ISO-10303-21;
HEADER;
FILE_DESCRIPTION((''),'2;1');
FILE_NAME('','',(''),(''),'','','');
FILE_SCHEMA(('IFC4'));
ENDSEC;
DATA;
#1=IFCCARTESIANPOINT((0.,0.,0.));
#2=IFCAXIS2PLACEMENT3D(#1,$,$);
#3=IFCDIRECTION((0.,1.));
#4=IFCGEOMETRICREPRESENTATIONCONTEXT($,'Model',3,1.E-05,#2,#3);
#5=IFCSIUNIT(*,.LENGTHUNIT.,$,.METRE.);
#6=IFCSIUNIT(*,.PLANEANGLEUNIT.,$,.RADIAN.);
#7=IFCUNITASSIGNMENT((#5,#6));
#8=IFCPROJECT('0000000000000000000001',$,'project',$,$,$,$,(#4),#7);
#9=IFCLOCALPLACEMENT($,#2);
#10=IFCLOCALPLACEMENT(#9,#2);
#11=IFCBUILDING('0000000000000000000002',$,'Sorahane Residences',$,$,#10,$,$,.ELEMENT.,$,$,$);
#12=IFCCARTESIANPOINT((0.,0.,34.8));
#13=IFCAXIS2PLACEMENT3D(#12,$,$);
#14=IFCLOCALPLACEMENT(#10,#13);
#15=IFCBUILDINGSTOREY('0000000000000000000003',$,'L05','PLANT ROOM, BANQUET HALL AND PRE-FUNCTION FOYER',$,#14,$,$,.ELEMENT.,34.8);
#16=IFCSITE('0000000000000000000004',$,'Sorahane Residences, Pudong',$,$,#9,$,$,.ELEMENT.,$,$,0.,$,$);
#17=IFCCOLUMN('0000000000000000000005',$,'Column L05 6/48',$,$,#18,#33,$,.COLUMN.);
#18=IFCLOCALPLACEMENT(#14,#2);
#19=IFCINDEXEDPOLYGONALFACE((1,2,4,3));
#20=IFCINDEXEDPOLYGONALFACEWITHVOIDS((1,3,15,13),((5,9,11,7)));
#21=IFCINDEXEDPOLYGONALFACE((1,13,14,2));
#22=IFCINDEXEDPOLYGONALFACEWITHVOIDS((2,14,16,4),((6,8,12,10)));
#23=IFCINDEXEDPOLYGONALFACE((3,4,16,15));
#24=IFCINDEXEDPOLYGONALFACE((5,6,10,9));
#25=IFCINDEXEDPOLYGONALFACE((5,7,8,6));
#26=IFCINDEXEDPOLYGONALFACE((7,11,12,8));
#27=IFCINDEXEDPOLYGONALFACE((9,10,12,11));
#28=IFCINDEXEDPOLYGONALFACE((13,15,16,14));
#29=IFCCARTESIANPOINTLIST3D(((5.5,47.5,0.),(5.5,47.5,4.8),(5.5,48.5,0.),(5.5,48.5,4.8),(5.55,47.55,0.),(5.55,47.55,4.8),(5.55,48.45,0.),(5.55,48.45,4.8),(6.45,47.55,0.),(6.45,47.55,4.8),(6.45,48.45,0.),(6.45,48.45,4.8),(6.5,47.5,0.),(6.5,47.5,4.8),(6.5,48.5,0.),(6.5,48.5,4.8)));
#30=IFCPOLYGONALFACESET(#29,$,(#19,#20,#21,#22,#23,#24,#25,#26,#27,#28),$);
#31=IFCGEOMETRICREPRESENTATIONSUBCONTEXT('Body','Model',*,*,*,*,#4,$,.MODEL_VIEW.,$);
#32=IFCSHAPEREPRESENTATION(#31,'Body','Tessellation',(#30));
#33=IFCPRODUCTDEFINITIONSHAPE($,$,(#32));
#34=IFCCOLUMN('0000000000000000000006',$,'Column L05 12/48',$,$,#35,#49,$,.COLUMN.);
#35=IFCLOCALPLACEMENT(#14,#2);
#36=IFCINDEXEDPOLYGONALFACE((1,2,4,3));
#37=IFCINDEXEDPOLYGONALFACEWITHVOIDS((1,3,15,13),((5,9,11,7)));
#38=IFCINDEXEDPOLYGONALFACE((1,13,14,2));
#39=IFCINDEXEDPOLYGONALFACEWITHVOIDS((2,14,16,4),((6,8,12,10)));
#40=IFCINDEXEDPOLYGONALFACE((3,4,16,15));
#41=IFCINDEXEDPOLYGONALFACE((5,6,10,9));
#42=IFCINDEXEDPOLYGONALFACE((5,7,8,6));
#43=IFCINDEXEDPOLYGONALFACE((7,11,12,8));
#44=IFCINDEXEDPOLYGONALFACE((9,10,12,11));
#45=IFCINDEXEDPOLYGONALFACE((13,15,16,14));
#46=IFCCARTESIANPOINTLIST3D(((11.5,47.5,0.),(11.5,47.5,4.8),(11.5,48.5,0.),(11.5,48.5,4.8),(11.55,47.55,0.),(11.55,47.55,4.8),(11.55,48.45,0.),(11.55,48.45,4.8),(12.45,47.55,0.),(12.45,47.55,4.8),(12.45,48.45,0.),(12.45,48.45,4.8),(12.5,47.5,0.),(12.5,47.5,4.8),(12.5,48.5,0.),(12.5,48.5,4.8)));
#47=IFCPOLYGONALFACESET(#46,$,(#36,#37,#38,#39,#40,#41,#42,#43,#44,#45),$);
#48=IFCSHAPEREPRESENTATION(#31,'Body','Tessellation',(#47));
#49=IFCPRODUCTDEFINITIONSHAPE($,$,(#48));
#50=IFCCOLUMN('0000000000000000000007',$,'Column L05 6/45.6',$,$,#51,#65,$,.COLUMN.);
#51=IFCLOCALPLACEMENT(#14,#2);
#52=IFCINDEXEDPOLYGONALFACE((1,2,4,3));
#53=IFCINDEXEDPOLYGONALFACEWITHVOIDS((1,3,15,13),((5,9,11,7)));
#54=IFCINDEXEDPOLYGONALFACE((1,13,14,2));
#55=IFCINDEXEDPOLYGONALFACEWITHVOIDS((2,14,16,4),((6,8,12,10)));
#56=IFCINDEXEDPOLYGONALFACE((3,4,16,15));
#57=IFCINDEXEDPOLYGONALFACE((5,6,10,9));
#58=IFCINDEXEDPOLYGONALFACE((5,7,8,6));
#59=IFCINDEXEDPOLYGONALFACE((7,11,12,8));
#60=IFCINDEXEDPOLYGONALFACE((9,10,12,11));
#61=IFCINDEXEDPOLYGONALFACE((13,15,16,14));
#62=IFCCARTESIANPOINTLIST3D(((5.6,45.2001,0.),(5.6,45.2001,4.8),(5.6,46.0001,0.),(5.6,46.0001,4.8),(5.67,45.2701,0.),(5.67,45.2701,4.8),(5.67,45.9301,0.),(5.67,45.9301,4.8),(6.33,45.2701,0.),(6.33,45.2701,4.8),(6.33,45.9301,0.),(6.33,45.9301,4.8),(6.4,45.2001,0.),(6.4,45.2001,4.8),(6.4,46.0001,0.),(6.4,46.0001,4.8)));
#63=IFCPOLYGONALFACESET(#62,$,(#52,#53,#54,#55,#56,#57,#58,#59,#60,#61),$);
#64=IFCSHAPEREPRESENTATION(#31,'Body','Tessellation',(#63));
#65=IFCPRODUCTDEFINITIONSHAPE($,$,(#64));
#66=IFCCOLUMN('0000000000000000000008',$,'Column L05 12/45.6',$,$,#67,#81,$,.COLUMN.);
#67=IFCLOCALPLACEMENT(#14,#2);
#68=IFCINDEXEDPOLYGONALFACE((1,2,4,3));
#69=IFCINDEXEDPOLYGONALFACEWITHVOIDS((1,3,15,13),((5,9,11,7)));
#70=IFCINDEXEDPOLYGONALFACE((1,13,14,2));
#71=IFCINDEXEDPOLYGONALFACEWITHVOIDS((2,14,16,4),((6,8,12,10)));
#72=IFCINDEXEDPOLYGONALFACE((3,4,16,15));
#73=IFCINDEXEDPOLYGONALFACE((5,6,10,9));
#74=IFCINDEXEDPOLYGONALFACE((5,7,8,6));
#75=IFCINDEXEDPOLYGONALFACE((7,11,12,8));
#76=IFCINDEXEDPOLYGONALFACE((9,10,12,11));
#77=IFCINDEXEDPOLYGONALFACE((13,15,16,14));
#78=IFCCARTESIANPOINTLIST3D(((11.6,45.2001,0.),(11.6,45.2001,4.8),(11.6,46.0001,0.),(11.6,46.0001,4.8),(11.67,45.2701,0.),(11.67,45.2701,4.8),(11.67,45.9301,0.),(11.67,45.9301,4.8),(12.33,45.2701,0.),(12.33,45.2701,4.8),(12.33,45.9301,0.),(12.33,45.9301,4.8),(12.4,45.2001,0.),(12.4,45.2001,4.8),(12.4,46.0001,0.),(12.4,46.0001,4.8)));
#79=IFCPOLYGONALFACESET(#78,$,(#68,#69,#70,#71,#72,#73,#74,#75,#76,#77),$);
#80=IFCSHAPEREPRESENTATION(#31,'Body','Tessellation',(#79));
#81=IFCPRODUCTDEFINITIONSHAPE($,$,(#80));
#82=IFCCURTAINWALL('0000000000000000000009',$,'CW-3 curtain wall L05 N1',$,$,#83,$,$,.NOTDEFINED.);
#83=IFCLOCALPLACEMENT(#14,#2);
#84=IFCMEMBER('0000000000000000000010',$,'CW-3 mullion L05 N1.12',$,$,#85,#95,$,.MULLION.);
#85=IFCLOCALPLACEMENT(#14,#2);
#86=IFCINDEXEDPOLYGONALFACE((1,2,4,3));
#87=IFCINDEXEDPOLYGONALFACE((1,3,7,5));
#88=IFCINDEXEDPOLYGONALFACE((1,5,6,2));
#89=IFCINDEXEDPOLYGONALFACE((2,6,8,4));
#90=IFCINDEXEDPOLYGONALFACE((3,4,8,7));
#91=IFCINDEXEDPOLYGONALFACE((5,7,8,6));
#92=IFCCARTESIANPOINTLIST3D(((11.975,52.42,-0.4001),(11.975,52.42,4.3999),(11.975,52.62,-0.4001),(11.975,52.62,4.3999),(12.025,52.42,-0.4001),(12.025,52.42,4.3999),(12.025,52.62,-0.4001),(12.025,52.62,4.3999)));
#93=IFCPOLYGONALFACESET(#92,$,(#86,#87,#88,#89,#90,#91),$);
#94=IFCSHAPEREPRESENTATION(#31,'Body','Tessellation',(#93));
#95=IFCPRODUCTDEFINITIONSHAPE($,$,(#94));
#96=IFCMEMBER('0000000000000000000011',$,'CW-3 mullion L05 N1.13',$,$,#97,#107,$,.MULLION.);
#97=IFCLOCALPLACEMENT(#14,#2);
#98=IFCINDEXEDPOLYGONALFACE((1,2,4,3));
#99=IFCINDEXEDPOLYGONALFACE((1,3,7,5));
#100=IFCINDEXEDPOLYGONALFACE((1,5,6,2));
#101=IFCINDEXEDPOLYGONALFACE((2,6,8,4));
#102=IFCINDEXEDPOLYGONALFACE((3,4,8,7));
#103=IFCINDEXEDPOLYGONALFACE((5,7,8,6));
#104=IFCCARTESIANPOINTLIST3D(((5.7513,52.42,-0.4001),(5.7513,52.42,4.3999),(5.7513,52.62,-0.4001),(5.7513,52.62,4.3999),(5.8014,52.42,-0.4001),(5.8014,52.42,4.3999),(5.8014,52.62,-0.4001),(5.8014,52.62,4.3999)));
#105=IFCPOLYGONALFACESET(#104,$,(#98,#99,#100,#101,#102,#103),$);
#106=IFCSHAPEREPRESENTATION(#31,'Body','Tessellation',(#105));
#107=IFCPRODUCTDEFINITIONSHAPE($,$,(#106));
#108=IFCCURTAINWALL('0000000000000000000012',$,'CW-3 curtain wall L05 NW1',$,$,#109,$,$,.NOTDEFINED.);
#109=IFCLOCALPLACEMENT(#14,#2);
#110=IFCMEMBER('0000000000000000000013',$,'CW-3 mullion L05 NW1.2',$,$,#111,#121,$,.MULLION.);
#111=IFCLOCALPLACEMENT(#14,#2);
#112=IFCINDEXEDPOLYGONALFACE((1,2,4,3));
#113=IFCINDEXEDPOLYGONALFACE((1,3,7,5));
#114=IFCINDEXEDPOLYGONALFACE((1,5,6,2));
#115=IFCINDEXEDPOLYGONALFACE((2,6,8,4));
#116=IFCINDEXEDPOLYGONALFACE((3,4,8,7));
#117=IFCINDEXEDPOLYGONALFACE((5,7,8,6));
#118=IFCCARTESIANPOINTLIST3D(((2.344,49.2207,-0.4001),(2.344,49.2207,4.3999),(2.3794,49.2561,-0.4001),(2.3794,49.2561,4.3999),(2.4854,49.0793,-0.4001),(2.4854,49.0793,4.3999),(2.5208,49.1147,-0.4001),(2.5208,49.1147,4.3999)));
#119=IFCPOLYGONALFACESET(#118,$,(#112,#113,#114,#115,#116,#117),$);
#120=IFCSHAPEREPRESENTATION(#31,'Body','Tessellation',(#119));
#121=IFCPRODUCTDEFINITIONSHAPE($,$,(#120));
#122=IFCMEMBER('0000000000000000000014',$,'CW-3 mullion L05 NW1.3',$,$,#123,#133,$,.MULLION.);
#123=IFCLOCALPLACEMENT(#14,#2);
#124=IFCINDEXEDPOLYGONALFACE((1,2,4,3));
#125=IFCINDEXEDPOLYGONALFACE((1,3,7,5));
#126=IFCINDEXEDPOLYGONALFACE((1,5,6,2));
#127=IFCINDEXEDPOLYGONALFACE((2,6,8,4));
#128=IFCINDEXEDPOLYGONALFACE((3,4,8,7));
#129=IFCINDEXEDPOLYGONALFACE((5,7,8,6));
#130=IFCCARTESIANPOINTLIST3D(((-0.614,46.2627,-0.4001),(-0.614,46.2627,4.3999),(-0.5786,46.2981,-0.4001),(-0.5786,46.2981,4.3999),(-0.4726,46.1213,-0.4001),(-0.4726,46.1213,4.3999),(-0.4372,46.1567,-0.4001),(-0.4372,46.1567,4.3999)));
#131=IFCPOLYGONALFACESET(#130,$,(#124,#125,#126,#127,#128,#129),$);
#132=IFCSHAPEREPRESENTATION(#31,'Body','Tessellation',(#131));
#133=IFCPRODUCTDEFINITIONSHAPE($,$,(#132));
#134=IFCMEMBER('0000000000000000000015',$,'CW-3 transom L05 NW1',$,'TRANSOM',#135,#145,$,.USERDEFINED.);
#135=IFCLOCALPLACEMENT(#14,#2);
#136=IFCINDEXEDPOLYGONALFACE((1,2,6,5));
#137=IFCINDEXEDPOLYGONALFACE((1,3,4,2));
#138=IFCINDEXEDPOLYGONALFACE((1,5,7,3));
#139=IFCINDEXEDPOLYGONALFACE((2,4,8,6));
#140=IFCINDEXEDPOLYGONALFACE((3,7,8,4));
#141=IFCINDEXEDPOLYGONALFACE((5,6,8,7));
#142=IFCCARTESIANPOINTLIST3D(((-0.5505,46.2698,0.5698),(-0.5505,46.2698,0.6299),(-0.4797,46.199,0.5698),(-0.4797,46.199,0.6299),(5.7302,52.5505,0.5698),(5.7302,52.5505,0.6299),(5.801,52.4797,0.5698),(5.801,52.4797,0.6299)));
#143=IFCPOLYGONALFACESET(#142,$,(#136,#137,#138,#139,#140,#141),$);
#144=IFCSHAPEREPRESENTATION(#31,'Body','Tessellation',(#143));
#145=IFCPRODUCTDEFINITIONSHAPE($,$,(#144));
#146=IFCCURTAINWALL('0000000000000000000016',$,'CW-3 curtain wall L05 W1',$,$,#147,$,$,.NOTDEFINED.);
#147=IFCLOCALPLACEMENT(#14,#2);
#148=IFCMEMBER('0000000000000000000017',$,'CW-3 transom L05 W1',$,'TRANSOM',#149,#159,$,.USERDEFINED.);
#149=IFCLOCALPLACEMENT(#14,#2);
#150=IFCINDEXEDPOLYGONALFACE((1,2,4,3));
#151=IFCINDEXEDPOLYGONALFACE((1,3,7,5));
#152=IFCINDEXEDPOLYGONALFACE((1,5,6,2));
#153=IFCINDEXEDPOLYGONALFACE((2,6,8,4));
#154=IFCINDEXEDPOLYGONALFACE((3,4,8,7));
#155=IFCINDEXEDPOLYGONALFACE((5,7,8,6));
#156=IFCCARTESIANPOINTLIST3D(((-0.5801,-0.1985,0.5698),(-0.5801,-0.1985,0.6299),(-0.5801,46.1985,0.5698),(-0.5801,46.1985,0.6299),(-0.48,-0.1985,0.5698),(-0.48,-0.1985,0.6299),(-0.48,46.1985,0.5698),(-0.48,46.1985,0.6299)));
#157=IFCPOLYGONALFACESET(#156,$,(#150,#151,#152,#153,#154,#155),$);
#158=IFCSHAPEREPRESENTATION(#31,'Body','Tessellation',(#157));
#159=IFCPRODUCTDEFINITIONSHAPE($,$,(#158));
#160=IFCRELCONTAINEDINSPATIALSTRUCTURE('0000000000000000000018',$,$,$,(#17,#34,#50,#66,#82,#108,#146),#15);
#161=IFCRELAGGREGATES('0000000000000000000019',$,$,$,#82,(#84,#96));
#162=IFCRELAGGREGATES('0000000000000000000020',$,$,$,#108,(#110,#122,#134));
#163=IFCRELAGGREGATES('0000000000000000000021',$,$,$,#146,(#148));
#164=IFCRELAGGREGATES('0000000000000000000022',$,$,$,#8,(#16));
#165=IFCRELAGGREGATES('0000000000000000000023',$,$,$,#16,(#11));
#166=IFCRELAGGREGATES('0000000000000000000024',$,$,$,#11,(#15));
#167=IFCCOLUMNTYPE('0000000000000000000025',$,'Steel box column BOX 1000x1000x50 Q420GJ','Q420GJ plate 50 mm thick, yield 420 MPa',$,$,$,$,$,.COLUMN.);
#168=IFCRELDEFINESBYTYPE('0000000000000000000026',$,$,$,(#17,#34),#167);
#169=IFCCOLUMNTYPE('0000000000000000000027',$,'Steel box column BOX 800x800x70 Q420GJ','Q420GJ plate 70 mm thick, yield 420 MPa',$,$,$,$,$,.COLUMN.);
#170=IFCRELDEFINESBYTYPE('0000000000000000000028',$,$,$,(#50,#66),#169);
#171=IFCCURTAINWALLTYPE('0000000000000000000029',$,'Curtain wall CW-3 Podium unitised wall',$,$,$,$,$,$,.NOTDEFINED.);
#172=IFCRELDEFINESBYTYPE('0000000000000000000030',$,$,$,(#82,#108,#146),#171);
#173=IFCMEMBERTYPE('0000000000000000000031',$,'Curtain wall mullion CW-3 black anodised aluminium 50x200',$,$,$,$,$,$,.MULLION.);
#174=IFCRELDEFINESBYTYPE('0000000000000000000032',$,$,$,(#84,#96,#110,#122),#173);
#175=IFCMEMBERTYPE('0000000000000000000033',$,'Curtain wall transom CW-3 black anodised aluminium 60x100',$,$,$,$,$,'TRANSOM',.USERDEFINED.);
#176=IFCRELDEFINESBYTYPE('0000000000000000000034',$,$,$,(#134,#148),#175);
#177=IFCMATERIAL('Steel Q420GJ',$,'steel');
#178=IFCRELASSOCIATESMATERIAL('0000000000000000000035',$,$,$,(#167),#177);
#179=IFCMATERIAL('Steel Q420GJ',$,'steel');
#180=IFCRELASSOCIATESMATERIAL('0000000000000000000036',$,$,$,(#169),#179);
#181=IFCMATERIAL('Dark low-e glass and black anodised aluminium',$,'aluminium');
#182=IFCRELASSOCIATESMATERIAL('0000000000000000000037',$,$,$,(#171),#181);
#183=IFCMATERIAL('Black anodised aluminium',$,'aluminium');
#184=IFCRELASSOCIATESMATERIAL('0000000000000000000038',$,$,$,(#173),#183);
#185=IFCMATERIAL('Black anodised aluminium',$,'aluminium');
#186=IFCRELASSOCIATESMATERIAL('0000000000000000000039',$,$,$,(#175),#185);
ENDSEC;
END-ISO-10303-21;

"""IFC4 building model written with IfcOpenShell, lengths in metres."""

from ifc_helpers import new_model, si_unit, direction, frame, origin, origin_2d, place, context, subcontext, project, spatial, rectangle, hollow_rectangle, extrude, material, material_profile, profile_set, type_object, element, aggregate, save


model = new_model("IFC4")

# Units and contexts
model_context = context("Model", 3, precision=1e-05, world=origin(), true_north=direction((0.0, 1.0)))
body_context = subcontext(model_context, "Body", "Model", "MODEL_VIEW")
ifc_project = project(units=[si_unit("LENGTHUNIT", "METRE"), si_unit("PLANEANGLEUNIT", "RADIAN")], contexts=[model_context])

# Site, building, storey
site_placement = place(None, origin())
site = spatial("IfcSite", under=ifc_project, at=site_placement, Name="Sorahane Residences, Pudong", CompositionType="ELEMENT", RefElevation=0.0)
building_placement = place(site_placement, origin())
building = spatial("IfcBuilding", under=site, at=building_placement, Name="Sorahane Residences", CompositionType="ELEMENT")
storey_placement = place(building_placement, frame((0.0, 0.0, 34.8)))
storey = spatial("IfcBuildingStorey", under=building, at=storey_placement, Name="L05", Description="PLANT ROOM, BANQUET HALL AND PRE-FUNCTION FOYER", CompositionType="ELEMENT", Elevation=34.8)

# Columns
ifc_material_1 = material(Name="Steel Q420GJ", Category="steel")
ifc_material_profile_1 = material_profile(ifc_material_1, hollow_rectangle(XDim=1.0, YDim=1.0, WallThickness=0.05, at=origin_2d()), Name="BOX 1000x1000x50")
ifc_profile_set_1 = profile_set([ifc_material_profile_1], Name="Steel Q420GJ")
column_type_1 = type_object("IfcColumnType", Name="Steel box column BOX 1000x1000x50 Q420GJ", Description="Q420GJ plate 50 mm thick, yield 420 MPa", PredefinedType="COLUMN", material=ifc_profile_set_1)
for number, where, z_axis, x_axis, name in (
    (1, (6.0, 48.0, 0.0), (0.0, 0.0, 1.0), (1.0, 0.0, 0.0), "Column L05 6/48"),
    (2, (12.0, 48.0, 0.0), (0.0, 0.0, 1.0), (1.0, 0.0, 0.0), "Column L05 12/48"),
):
    element("IfcColumn", number, at=place(storey_placement, frame(where, z_axis=z_axis, x_axis=x_axis)), inside=storey, type_object=column_type_1, Name=name, PredefinedType="COLUMN", context=body_context, shape_type="SweptSolid", body=[
        extrude(hollow_rectangle(XDim=1.0, YDim=1.0, WallThickness=0.05, at=origin_2d()), origin(), (0.0, 0.0, 1.0), 4.8),
    ])
ifc_material_2 = material(Name="Steel Q420GJ", Category="steel")
ifc_material_profile_2 = material_profile(ifc_material_2, hollow_rectangle(XDim=0.8, YDim=0.8, WallThickness=0.0701, at=origin_2d()), Name="BOX 800x800x70")
ifc_profile_set_2 = profile_set([ifc_material_profile_2], Name="Steel Q420GJ")
column_type_2 = type_object("IfcColumnType", Name="Steel box column BOX 800x800x70 Q420GJ", Description="Q420GJ plate 70 mm thick, yield 420 MPa", PredefinedType="COLUMN", material=ifc_profile_set_2)
for number, where, z_axis, x_axis, name in (
    (3, (6.0, 45.6001, 0.0), (0.0, 0.0, 1.0), (1.0, 0.0, 0.0), "Column L05 6/45.6"),
    (4, (12.0, 45.6001, 0.0), (0.0, 0.0, 1.0), (1.0, 0.0, 0.0), "Column L05 12/45.6"),
):
    element("IfcColumn", number, at=place(storey_placement, frame(where, z_axis=z_axis, x_axis=x_axis)), inside=storey, type_object=column_type_2, Name=name, PredefinedType="COLUMN", context=body_context, shape_type="SweptSolid", body=[
        extrude(hollow_rectangle(XDim=0.8, YDim=0.8, WallThickness=0.0701, at=origin_2d()), origin(), (0.0, 0.0, 1.0), 4.8),
    ])

# Curtain walls, members
ifc_material_3 = material(Name="Dark low-e glass and black anodised aluminium", Category="aluminium")
curtain_wall_type = type_object("IfcCurtainWallType", Name="Curtain wall CW-3 Podium unitised wall", PredefinedType="NOTDEFINED", material=ifc_material_3)
curtain_wall_1_placement = place(storey_placement, origin())
curtain_wall_1 = element("IfcCurtainWall", 5, at=curtain_wall_1_placement, inside=storey, type_object=curtain_wall_type, Name="CW-3 curtain wall L05 N1", PredefinedType="NOTDEFINED")
ifc_material_4 = material(Name="Black anodised aluminium", Category="aluminium")
ifc_material_profile_3 = material_profile(ifc_material_4, rectangle(XDim=0.2, YDim=0.05, at=origin_2d()), Name="Curtain wall mullion CW-3 black anodised aluminium 50x200")
ifc_profile_set_3 = profile_set([ifc_material_profile_3], Name="Black anodised aluminium")
member_type_1 = type_object("IfcMemberType", Name="Curtain wall mullion CW-3 black anodised aluminium 50x200", PredefinedType="MULLION", material=ifc_profile_set_3)
member_1_placement = place(storey_placement, frame((12.0, 52.52, -0.4001), z_axis=(0.0, 0.0, 1.0), x_axis=(0.0, 1.0, 0.0)))
member_1 = element("IfcMember", 6, at=member_1_placement, type_object=member_type_1, Name="CW-3 mullion L05 N1.12", PredefinedType="MULLION", context=body_context, shape_type="SweptSolid", body=[
    extrude(rectangle(XDim=0.2, YDim=0.05, at=origin_2d()), origin(), (0.0, 0.0, 1.0), 4.8),
])
member_2_placement = place(storey_placement, frame((5.7764, 52.52, -0.4001), z_axis=(0.0, 0.0, 1.0), x_axis=(0.0, 1.0, 0.0)))
member_2 = element("IfcMember", 7, at=member_2_placement, type_object=member_type_1, Name="CW-3 mullion L05 N1.13", PredefinedType="MULLION", context=body_context, shape_type="SweptSolid", body=[
    extrude(rectangle(XDim=0.2, YDim=0.05, at=origin_2d()), origin(), (0.0, 0.0, 1.0), 4.8),
])
curtain_wall_2_placement = place(storey_placement, origin())
curtain_wall_2 = element("IfcCurtainWall", 8, at=curtain_wall_2_placement, inside=storey, type_object=curtain_wall_type, Name="CW-3 curtain wall L05 NW1", PredefinedType="NOTDEFINED")
member_3_placement = place(storey_placement, frame((2.4324, 49.1677, -0.4001), z_axis=(0.0, 0.0, 1.0), x_axis=(-0.707107, 0.707107, 0.0)))
member_3 = element("IfcMember", 9, at=member_3_placement, type_object=member_type_1, Name="CW-3 mullion L05 NW1.2", PredefinedType="MULLION", context=body_context, shape_type="SweptSolid", body=[
    extrude(rectangle(XDim=0.2, YDim=0.05, at=origin_2d()), origin(), (0.0, 0.0, 1.0), 4.8),
])
member_4_placement = place(storey_placement, frame((-0.5256, 46.2097, -0.4001), z_axis=(0.0, 0.0, 1.0), x_axis=(-0.707107, 0.707107, 0.0)))
member_4 = element("IfcMember", 10, at=member_4_placement, type_object=member_type_1, Name="CW-3 mullion L05 NW1.3", PredefinedType="MULLION", context=body_context, shape_type="SweptSolid", body=[
    extrude(rectangle(XDim=0.2, YDim=0.05, at=origin_2d()), origin(), (0.0, 0.0, 1.0), 4.8),
])
ifc_material_5 = material(Name="Black anodised aluminium", Category="aluminium")
ifc_material_profile_4 = material_profile(ifc_material_5, rectangle(XDim=0.1001, YDim=0.0601, at=origin_2d()), Name="Curtain wall transom CW-3 black anodised aluminium 60x100")
ifc_profile_set_4 = profile_set([ifc_material_profile_4], Name="Black anodised aluminium")
member_type_2 = type_object("IfcMemberType", Name="Curtain wall transom CW-3 black anodised aluminium 60x100", ElementType="TRANSOM", PredefinedType="USERDEFINED", material=ifc_profile_set_4)
member_5_placement = place(storey_placement, frame((5.7656, 52.5151, 0.5999), z_axis=(-0.707107, -0.707107, 0.0), x_axis=(0.707107, -0.707107, 0.0)))
member_5 = element("IfcMember", 11, at=member_5_placement, type_object=member_type_2, Name="CW-3 transom L05 NW1", ObjectType="TRANSOM", PredefinedType="USERDEFINED", context=body_context, shape_type="SweptSolid", body=[
    extrude(rectangle(XDim=0.1001, YDim=0.0601, at=origin_2d()), origin(), (0.0, 0.0, 1.0), 8.8823),
])

# Curtain wall, member
curtain_wall_3_placement = place(storey_placement, origin())
curtain_wall_3 = element("IfcCurtainWall", 12, at=curtain_wall_3_placement, inside=storey, type_object=curtain_wall_type, Name="CW-3 curtain wall L05 W1", PredefinedType="NOTDEFINED")
member_6_placement = place(storey_placement, frame((-0.53, 46.1985, 0.5999), z_axis=(0.0, -1.0, 0.0), x_axis=(1.0, 0.0, 0.0)))
member_6 = element("IfcMember", 13, at=member_6_placement, type_object=member_type_2, Name="CW-3 transom L05 W1", ObjectType="TRANSOM", PredefinedType="USERDEFINED", context=body_context, shape_type="SweptSolid", body=[
    extrude(rectangle(XDim=0.1001, YDim=0.0601, at=origin_2d()), origin(), (0.0, 0.0, 1.0), 46.397),
])

aggregate(curtain_wall_1, [member_1, member_2])
aggregate(curtain_wall_2, [member_3, member_4, member_5])
aggregate(curtain_wall_3, [member_6])

save(model, "model.ifc")
